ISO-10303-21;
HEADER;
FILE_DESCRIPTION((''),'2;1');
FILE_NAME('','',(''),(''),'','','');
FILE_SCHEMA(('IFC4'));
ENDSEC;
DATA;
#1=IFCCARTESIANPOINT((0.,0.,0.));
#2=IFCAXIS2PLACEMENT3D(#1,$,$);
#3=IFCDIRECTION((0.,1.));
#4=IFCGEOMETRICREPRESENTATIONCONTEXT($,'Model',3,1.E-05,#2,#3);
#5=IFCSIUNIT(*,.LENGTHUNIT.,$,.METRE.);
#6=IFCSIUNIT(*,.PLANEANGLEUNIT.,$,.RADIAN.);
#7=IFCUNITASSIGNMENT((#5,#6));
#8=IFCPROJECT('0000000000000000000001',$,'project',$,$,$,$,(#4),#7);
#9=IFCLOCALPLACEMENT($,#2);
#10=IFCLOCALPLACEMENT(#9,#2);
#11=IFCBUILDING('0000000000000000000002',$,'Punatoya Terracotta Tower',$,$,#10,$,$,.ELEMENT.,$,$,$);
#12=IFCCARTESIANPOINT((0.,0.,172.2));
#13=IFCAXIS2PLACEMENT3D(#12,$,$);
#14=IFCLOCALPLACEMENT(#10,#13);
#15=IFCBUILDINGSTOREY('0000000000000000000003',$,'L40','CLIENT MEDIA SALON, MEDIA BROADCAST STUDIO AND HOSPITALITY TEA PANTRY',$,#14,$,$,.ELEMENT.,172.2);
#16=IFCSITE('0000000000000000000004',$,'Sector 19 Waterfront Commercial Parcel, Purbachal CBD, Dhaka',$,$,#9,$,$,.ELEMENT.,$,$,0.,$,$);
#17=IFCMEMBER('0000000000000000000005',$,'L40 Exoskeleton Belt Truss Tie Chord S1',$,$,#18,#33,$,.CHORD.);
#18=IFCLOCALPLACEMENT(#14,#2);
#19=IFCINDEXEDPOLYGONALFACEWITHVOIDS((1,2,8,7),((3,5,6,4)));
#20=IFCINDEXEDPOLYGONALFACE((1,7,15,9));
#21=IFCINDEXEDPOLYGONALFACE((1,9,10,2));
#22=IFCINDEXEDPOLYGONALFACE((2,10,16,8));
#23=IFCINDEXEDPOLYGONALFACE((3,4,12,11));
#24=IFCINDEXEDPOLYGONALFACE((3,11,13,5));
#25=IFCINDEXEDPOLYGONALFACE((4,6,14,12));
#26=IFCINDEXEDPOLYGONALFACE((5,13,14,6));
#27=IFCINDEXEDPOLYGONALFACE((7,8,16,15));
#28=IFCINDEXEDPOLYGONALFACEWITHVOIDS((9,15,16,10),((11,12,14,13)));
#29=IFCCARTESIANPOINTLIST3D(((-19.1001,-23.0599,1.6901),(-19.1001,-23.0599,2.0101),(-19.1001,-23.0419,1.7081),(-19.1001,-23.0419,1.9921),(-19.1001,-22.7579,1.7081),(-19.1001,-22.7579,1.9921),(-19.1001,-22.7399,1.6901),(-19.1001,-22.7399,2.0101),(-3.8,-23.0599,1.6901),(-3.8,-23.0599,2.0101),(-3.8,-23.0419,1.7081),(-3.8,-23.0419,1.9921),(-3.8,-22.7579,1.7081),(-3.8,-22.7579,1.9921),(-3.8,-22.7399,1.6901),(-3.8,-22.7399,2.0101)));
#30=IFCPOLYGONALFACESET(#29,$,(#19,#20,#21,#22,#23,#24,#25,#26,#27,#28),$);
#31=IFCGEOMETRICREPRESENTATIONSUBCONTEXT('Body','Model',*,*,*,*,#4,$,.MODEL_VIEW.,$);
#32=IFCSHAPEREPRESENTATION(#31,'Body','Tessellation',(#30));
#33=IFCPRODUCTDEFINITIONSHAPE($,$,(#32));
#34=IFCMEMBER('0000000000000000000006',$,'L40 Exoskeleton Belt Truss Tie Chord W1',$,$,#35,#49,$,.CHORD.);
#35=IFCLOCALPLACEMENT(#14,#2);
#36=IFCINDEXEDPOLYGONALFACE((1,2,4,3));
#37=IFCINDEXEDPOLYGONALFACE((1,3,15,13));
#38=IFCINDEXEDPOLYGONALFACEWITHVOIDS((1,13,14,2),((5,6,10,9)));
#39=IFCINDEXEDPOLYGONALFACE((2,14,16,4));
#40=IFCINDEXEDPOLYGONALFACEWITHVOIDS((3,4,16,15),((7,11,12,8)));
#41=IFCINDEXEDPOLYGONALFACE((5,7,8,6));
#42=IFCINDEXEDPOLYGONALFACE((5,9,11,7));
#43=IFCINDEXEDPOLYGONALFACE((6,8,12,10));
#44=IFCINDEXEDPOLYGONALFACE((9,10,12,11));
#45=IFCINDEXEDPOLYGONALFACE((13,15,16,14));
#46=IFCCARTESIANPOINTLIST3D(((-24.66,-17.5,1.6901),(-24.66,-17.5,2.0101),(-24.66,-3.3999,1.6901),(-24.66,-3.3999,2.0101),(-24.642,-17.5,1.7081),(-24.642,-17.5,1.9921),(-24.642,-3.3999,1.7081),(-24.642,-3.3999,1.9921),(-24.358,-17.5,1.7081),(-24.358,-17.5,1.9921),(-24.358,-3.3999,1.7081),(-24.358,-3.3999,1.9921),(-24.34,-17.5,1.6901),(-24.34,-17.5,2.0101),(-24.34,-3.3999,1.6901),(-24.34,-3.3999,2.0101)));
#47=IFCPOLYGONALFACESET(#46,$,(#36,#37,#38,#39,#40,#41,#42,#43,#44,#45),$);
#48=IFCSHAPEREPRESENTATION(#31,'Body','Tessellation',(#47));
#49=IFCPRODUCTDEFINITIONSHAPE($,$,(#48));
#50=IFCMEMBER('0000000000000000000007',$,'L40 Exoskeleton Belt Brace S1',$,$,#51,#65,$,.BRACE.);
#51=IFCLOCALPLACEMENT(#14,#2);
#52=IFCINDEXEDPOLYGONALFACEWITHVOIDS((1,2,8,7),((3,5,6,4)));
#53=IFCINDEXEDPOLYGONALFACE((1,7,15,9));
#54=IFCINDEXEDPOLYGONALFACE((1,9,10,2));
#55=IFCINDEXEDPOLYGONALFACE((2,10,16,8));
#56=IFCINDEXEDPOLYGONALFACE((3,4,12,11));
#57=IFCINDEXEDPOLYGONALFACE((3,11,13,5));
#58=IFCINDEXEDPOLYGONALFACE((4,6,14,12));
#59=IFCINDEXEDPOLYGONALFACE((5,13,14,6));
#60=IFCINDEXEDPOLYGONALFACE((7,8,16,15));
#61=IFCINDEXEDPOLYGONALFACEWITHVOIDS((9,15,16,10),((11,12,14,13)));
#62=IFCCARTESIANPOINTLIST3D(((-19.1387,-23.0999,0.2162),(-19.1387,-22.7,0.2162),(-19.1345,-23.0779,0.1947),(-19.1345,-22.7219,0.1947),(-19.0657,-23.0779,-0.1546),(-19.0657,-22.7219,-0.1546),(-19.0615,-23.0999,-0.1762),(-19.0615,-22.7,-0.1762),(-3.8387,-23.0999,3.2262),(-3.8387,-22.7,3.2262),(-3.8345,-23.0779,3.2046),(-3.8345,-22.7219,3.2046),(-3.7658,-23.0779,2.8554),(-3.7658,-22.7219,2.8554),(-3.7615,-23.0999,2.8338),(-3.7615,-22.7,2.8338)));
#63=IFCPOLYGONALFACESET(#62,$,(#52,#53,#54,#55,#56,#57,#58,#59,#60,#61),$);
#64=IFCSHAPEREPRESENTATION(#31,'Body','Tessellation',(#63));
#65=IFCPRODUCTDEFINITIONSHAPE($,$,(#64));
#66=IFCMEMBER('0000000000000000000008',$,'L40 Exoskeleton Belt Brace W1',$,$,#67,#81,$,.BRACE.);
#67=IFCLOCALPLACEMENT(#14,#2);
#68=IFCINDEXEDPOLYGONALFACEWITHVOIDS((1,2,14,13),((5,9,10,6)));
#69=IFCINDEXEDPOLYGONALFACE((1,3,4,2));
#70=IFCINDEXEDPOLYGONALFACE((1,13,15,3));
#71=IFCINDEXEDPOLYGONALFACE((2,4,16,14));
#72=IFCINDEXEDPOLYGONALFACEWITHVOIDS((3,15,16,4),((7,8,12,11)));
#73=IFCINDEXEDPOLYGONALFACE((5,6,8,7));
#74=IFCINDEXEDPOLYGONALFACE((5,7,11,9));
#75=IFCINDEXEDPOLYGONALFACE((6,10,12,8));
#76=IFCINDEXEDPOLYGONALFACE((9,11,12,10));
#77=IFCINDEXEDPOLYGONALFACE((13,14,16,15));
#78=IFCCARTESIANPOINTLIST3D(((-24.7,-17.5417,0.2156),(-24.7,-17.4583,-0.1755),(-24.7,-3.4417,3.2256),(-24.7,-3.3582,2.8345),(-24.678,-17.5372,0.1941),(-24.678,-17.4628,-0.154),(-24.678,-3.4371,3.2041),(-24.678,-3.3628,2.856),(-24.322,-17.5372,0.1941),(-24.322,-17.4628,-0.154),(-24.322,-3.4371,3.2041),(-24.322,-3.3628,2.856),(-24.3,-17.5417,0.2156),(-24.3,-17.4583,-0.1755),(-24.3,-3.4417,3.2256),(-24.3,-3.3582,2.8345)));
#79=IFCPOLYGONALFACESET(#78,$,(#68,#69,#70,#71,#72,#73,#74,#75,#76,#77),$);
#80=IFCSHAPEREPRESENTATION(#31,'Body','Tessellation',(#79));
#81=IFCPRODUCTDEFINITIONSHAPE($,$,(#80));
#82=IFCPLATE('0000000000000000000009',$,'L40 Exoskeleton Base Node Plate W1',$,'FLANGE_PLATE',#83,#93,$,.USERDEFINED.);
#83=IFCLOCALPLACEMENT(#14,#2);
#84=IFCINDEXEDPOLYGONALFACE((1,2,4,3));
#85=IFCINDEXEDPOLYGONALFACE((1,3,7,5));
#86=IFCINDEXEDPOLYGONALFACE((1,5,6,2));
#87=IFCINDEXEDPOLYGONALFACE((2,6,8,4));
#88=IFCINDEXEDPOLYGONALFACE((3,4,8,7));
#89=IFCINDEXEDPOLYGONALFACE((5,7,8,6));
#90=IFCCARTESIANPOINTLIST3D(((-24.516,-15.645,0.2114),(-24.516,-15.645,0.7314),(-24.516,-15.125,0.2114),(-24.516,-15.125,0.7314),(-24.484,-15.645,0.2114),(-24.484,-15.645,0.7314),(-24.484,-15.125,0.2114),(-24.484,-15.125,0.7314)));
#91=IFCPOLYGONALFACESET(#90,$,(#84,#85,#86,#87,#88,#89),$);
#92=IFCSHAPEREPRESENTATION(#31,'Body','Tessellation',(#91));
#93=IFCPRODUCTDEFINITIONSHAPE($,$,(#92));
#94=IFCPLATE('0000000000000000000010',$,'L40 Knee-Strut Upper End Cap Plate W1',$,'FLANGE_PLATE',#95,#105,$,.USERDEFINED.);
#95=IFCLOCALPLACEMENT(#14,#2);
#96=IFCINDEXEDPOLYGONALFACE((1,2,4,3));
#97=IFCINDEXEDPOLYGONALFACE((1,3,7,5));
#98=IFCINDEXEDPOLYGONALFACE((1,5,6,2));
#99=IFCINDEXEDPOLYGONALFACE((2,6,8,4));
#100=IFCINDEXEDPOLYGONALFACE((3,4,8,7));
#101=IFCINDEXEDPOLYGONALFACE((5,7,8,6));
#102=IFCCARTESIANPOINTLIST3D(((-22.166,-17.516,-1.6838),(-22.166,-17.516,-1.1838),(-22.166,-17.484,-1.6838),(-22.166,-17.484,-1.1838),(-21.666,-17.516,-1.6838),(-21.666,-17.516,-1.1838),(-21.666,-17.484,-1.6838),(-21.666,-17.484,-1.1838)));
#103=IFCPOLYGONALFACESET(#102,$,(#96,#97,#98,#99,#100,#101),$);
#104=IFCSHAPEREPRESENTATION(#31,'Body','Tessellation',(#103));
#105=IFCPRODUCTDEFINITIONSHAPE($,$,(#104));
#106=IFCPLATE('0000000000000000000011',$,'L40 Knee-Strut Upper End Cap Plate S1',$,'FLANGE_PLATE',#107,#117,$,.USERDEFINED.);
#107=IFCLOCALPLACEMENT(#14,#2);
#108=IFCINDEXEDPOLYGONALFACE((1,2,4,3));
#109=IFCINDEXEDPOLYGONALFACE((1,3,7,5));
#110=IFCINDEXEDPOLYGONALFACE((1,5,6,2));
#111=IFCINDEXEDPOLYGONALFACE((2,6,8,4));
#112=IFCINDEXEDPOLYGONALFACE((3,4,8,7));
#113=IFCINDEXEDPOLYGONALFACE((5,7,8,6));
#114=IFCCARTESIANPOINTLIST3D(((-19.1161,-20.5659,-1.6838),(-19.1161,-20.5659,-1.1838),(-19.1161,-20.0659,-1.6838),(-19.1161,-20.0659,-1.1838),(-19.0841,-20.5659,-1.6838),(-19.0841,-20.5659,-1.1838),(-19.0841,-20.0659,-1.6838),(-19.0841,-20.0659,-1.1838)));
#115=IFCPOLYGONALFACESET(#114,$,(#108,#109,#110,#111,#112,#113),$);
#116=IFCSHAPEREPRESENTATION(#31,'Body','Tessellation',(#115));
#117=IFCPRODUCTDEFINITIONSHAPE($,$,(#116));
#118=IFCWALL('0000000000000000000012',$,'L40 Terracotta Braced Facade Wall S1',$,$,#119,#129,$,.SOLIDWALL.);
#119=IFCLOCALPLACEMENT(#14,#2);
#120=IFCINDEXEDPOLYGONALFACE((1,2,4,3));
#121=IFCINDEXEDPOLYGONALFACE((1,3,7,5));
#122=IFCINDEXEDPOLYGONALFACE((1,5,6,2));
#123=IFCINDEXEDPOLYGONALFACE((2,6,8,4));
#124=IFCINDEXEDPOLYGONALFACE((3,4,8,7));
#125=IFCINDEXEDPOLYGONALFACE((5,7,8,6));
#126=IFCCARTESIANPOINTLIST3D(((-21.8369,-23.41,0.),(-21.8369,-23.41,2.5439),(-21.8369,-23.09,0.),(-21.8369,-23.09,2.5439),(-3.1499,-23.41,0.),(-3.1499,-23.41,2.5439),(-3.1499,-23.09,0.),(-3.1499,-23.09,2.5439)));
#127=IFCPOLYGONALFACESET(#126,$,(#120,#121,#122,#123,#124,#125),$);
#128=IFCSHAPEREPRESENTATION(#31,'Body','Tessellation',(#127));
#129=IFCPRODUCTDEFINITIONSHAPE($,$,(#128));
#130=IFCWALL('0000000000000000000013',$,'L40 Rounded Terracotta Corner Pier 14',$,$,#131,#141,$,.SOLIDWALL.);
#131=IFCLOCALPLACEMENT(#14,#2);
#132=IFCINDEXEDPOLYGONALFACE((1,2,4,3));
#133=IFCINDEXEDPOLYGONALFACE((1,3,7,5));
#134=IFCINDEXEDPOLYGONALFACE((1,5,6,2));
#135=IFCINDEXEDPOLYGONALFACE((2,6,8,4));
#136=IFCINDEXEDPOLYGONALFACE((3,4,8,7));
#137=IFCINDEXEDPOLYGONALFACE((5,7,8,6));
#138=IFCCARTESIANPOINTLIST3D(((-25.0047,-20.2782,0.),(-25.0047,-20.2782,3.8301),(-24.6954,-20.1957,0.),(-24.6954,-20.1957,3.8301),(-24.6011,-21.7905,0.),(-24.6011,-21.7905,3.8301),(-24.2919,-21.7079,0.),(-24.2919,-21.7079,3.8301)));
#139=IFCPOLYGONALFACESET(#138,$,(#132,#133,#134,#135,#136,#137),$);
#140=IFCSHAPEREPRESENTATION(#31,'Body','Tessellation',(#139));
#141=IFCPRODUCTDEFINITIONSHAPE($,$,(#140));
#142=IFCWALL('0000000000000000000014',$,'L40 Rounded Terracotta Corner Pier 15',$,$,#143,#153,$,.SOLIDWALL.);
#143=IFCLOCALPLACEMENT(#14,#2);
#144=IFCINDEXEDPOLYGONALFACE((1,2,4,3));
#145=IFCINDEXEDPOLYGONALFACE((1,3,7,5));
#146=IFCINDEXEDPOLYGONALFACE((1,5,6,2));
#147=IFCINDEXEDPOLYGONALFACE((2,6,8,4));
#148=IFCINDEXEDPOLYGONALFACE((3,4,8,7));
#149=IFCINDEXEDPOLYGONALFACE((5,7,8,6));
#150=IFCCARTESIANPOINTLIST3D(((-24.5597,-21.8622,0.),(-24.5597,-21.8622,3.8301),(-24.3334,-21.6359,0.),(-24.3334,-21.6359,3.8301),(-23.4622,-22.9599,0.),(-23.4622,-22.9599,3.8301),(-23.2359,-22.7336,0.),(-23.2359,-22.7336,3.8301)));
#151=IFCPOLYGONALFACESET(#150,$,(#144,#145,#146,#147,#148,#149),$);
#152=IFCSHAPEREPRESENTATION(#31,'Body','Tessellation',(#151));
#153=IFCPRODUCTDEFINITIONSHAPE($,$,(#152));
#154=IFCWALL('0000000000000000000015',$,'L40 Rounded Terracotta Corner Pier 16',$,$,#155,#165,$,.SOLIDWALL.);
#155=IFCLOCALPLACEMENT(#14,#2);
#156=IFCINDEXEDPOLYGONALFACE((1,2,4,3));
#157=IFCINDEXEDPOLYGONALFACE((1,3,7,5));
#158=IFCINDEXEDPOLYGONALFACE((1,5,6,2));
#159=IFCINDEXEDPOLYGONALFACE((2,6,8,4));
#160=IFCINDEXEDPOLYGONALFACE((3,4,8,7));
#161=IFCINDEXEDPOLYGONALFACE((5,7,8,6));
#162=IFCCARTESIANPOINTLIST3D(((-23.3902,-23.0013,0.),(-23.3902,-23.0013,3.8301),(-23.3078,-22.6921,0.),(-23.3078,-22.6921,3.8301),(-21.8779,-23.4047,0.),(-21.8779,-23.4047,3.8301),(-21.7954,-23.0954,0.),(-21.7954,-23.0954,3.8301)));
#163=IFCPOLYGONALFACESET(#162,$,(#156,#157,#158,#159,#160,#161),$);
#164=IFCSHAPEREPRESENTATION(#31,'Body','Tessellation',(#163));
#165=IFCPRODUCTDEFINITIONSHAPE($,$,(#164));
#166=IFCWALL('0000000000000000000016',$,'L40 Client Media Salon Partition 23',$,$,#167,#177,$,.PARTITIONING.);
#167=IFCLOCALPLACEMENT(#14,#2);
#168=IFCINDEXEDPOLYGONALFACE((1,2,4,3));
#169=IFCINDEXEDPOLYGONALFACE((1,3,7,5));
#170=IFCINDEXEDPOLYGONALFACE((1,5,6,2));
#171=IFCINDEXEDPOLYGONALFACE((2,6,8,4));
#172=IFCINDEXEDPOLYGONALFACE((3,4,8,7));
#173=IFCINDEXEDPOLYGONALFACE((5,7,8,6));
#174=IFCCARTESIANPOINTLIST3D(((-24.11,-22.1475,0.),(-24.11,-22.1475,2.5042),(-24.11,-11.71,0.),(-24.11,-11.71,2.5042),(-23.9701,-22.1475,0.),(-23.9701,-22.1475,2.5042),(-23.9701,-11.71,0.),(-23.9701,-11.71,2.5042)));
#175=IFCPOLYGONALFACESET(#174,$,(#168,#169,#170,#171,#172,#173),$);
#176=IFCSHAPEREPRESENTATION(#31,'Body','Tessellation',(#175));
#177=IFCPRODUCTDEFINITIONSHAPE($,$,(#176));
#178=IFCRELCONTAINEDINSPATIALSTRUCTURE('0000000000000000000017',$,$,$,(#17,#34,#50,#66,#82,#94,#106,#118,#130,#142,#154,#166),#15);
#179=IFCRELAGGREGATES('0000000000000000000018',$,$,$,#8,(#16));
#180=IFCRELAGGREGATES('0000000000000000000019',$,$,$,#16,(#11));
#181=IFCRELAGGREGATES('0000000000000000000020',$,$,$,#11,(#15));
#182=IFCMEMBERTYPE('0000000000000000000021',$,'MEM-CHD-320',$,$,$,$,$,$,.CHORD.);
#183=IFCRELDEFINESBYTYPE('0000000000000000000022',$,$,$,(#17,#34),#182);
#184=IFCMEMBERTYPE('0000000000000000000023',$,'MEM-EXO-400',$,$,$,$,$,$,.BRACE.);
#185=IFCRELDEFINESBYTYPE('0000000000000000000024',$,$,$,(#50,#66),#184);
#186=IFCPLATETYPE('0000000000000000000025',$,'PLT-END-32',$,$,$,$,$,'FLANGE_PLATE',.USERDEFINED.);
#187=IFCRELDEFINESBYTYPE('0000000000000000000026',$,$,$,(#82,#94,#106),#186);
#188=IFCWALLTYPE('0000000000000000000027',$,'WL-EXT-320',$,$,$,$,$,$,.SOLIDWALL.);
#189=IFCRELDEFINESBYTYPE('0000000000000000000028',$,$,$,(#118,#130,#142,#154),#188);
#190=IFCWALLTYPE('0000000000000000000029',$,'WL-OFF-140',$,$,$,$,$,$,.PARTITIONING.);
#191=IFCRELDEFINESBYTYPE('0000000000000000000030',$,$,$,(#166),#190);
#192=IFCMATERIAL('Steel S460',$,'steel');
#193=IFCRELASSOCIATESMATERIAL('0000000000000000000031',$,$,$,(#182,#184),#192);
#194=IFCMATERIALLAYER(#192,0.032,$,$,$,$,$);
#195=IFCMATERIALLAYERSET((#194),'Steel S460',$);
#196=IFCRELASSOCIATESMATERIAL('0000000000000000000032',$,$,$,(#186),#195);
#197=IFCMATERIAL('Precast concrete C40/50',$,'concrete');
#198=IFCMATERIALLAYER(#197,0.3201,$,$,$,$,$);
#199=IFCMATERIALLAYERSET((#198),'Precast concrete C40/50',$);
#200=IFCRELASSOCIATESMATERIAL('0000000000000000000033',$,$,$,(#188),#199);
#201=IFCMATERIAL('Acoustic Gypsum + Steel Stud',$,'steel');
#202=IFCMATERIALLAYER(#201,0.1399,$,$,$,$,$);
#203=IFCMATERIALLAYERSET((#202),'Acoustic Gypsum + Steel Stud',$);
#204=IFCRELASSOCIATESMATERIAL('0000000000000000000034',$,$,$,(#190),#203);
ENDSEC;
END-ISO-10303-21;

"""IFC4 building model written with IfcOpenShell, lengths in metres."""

from ifc_helpers import new_model, si_unit, direction, frame, frame_2d, origin, origin_2d, place, context, subcontext, project, spatial, rectangle, hollow_rectangle, extrude, material, layer, layer_set, material_profile, profile_set, type_object, element, save


model = new_model("IFC4")

# Units and contexts
model_context = context("Model", 3, precision=1e-05, world=origin(), true_north=direction((0.0, 1.0)))
body_context = subcontext(model_context, "Body", "Model", "MODEL_VIEW")
ifc_project = project(units=[si_unit("LENGTHUNIT", "METRE"), si_unit("PLANEANGLEUNIT", "RADIAN")], contexts=[model_context])

# Site, building, storey
site_placement = place(None, origin())
site = spatial("IfcSite", under=ifc_project, at=site_placement, Name="Sector 19 Waterfront Commercial Parcel, Purbachal CBD, Dhaka", CompositionType="ELEMENT", RefElevation=0.0)
building_placement = place(site_placement, origin())
building = spatial("IfcBuilding", under=site, at=building_placement, Name="Punatoya Terracotta Tower", CompositionType="ELEMENT")
storey_placement = place(building_placement, frame((0.0, 0.0, 172.2)))
storey = spatial("IfcBuildingStorey", under=building, at=storey_placement, Name="L40", Description="CLIENT MEDIA SALON, MEDIA BROADCAST STUDIO AND HOSPITALITY TEA PANTRY", CompositionType="ELEMENT", Elevation=172.2)

# Shared definitions
ifc_material_1 = material(Name="Steel S460", Category="steel")

# Members
ifc_material_profile_1 = material_profile(ifc_material_1, hollow_rectangle(XDim=0.3201, YDim=0.3201, WallThickness=0.0181, at=origin_2d()))
ifc_profile_set_1 = profile_set([ifc_material_profile_1], Name="Steel S460")
member_type_1 = type_object("IfcMemberType", Name="MEM-CHD-320", PredefinedType="CHORD", material=ifc_profile_set_1)
member_1_placement = place(storey_placement, frame((-19.1001, -22.8999, 1.8501), z_axis=(1.0, 0.0, 0.0), x_axis=(0.0, 1.0, 0.0)))
element("IfcMember", 1, at=member_1_placement, inside=storey, type_object=member_type_1, Name="L40 Exoskeleton Belt Truss Tie Chord S1", PredefinedType="CHORD", context=body_context, shape_type="SweptSolid", body=[
    extrude(hollow_rectangle(XDim=0.3201, YDim=0.3201, WallThickness=0.0181, at=origin_2d()), origin(), (0.0, 0.0, 1.0), 15.3),
])
member_2_placement = place(storey_placement, frame((-24.5, -17.5, 1.8501), z_axis=(0.0, 1.0, 0.0), x_axis=(-1.0, 0.0, 0.0)))
element("IfcMember", 2, at=member_2_placement, inside=storey, type_object=member_type_1, Name="L40 Exoskeleton Belt Truss Tie Chord W1", PredefinedType="CHORD", context=body_context, shape_type="SweptSolid", body=[
    extrude(hollow_rectangle(XDim=0.3201, YDim=0.3201, WallThickness=0.0181, at=origin_2d()), origin(), (0.0, 0.0, 1.0), 14.1001),
])
ifc_material_profile_2 = material_profile(ifc_material_1, hollow_rectangle(XDim=0.3999, YDim=0.3999, WallThickness=0.022, at=origin_2d()))
ifc_profile_set_2 = profile_set([ifc_material_profile_2], Name="Steel S460")
member_type_2 = type_object("IfcMemberType", Name="MEM-EXO-400", PredefinedType="BRACE", material=ifc_profile_set_2)
member_3_placement = place(storey_placement, frame((-19.1001, -22.8999, 0.02), z_axis=(0.981192, 0.0, 0.193032), x_axis=(0.0, 1.0, 0.0)))
element("IfcMember", 3, at=member_3_placement, inside=storey, type_object=member_type_2, Name="L40 Exoskeleton Belt Brace S1", PredefinedType="BRACE", context=body_context, shape_type="SweptSolid", body=[
    extrude(hollow_rectangle(XDim=0.3999, YDim=0.3999, WallThickness=0.022, at=origin_2d()), origin(), (0.0, 0.0, 1.0), 15.5933),
])
member_4_placement = place(storey_placement, frame((-24.5, -17.5, 0.02), z_axis=(0.0, 0.977965, 0.20877), x_axis=(-1.0, 0.0, 0.0)))
element("IfcMember", 4, at=member_4_placement, inside=storey, type_object=member_type_2, Name="L40 Exoskeleton Belt Brace W1", PredefinedType="BRACE", context=body_context, shape_type="SweptSolid", body=[
    extrude(hollow_rectangle(XDim=0.3999, YDim=0.3999, WallThickness=0.022, at=origin_2d()), origin(), (0.0, 0.0, 1.0), 14.4177),
])

# Plates
ifc_layer_1 = layer(ifc_material_1, 0.032)
ifc_layer_set_1 = layer_set([ifc_layer_1], Name="Steel S460")
plate_type = type_object("IfcPlateType", Name="PLT-END-32", ElementType="FLANGE_PLATE", PredefinedType="USERDEFINED", material=ifc_layer_set_1)
plate_placement = place(storey_placement, frame((-24.5, -15.385, 0.2114), z_axis=(0.0, 0.0, 1.0), x_axis=(0.0, 1.0, 0.0)))
element("IfcPlate", 5, at=plate_placement, inside=storey, type_object=plate_type, Name="L40 Exoskeleton Base Node Plate W1", ObjectType="FLANGE_PLATE", PredefinedType="USERDEFINED", context=body_context, shape_type="SweptSolid", body=[
    extrude(rectangle(XDim=0.52, YDim=0.032, at=origin_2d()), origin(), (0.0, 0.0, 1.0), 0.52),
])
for number, where, z_axis, x_axis, name in (
    (6, (-21.916, -17.5, -1.6838), (0.0, 0.0, 1.0), (1.0, 0.0, 0.0), "L40 Knee-Strut Upper End Cap Plate W1"),
    (7, (-19.1001, -20.3159, -1.6838), (0.0, 0.0, 1.0), (0.0, 1.0, 0.0), "L40 Knee-Strut Upper End Cap Plate S1"),
):
    element("IfcPlate", number, at=place(storey_placement, frame(where, z_axis=z_axis, x_axis=x_axis)), inside=storey, type_object=plate_type, Name=name, ObjectType="FLANGE_PLATE", PredefinedType="USERDEFINED", context=body_context, shape_type="SweptSolid", body=[
        extrude(rectangle(XDim=0.5, YDim=0.032, at=origin_2d()), origin(), (0.0, 0.0, 1.0), 0.5),
    ])

# Walls
ifc_material_2 = material(Name="Precast concrete C40/50", Category="concrete")
ifc_layer_2 = layer(ifc_material_2, 0.3201)
ifc_layer_set_2 = layer_set([ifc_layer_2], Name="Precast concrete C40/50")
wall_type_1 = type_object("IfcWallType", Name="WL-EXT-320", PredefinedType="SOLIDWALL", material=ifc_layer_set_2)
wall_1_placement = place(storey_placement, frame((-21.8369, -23.25, 0.0), z_axis=(0.0, 0.0, 1.0), x_axis=(1.0, 0.0, 0.0)))
element("IfcWall", 8, at=wall_1_placement, inside=storey, type_object=wall_type_1, Name="L40 Terracotta Braced Facade Wall S1", PredefinedType="SOLIDWALL", context=body_context, shape_type="SweptSolid", body=[
    extrude(rectangle(XDim=18.687, YDim=0.3201, at=frame_2d((9.3435, 0.0))), origin(), (0.0, 0.0, 1.0), 2.5439),
])
wall_2_placement = place(storey_placement, frame((-24.8501, -20.2368, 0.0), z_axis=(0.0, 0.0, 1.0), x_axis=(0.257847, -0.966186, 0.0)))
element("IfcWall", 9, at=wall_2_placement, inside=storey, type_object=wall_type_1, Name="L40 Rounded Terracotta Corner Pier 14", PredefinedType="SOLIDWALL", context=body_context, shape_type="SweptSolid", body=[
    extrude(rectangle(XDim=1.5652, YDim=0.3201, at=frame_2d((0.7827, 0.0))), origin(), (0.0, 0.0, 1.0), 3.8301),
])
wall_3_placement = place(storey_placement, frame((-24.4465, -21.749, 0.0), z_axis=(0.0, 0.0, 1.0), x_axis=(0.707028, -0.707185, 0.0)))
element("IfcWall", 10, at=wall_3_placement, inside=storey, type_object=wall_type_1, Name="L40 Rounded Terracotta Corner Pier 15", PredefinedType="SOLIDWALL", context=body_context, shape_type="SweptSolid", body=[
    extrude(rectangle(XDim=1.5522, YDim=0.3201, at=frame_2d((0.7761, 0.0))), origin(), (0.0, 0.0, 1.0), 3.8301),
])
wall_4_placement = place(storey_placement, frame((-23.3491, -22.8467, 0.0), z_axis=(0.0, 0.0, 1.0), x_axis=(0.966225, -0.257701, 0.0)))
element("IfcWall", 11, at=wall_4_placement, inside=storey, type_object=wall_type_1, Name="L40 Rounded Terracotta Corner Pier 16", PredefinedType="SOLIDWALL", context=body_context, shape_type="SweptSolid", body=[
    extrude(rectangle(XDim=1.5652, YDim=0.3201, at=frame_2d((0.7827, 0.0))), origin(), (0.0, 0.0, 1.0), 3.8301),
])
ifc_material_3 = material(Name="Acoustic Gypsum + Steel Stud", Category="steel")
ifc_layer_3 = layer(ifc_material_3, 0.1399)
ifc_layer_set_3 = layer_set([ifc_layer_3], Name="Acoustic Gypsum + Steel Stud")
wall_type_2 = type_object("IfcWallType", Name="WL-OFF-140", PredefinedType="PARTITIONING", material=ifc_layer_set_3)
wall_5_placement = place(storey_placement, frame((-24.04, -22.1475, 0.0), z_axis=(0.0, 0.0, 1.0), x_axis=(0.0, 1.0, 0.0)))
element("IfcWall", 12, at=wall_5_placement, inside=storey, type_object=wall_type_2, Name="L40 Client Media Salon Partition 23", PredefinedType="PARTITIONING", context=body_context, shape_type="SweptSolid", body=[
    extrude(rectangle(XDim=10.4375, YDim=0.1399, at=frame_2d((5.2188, 0.0))), origin(), (0.0, 0.0, 1.0), 2.5042),
])

save(model, "model.ifc")
